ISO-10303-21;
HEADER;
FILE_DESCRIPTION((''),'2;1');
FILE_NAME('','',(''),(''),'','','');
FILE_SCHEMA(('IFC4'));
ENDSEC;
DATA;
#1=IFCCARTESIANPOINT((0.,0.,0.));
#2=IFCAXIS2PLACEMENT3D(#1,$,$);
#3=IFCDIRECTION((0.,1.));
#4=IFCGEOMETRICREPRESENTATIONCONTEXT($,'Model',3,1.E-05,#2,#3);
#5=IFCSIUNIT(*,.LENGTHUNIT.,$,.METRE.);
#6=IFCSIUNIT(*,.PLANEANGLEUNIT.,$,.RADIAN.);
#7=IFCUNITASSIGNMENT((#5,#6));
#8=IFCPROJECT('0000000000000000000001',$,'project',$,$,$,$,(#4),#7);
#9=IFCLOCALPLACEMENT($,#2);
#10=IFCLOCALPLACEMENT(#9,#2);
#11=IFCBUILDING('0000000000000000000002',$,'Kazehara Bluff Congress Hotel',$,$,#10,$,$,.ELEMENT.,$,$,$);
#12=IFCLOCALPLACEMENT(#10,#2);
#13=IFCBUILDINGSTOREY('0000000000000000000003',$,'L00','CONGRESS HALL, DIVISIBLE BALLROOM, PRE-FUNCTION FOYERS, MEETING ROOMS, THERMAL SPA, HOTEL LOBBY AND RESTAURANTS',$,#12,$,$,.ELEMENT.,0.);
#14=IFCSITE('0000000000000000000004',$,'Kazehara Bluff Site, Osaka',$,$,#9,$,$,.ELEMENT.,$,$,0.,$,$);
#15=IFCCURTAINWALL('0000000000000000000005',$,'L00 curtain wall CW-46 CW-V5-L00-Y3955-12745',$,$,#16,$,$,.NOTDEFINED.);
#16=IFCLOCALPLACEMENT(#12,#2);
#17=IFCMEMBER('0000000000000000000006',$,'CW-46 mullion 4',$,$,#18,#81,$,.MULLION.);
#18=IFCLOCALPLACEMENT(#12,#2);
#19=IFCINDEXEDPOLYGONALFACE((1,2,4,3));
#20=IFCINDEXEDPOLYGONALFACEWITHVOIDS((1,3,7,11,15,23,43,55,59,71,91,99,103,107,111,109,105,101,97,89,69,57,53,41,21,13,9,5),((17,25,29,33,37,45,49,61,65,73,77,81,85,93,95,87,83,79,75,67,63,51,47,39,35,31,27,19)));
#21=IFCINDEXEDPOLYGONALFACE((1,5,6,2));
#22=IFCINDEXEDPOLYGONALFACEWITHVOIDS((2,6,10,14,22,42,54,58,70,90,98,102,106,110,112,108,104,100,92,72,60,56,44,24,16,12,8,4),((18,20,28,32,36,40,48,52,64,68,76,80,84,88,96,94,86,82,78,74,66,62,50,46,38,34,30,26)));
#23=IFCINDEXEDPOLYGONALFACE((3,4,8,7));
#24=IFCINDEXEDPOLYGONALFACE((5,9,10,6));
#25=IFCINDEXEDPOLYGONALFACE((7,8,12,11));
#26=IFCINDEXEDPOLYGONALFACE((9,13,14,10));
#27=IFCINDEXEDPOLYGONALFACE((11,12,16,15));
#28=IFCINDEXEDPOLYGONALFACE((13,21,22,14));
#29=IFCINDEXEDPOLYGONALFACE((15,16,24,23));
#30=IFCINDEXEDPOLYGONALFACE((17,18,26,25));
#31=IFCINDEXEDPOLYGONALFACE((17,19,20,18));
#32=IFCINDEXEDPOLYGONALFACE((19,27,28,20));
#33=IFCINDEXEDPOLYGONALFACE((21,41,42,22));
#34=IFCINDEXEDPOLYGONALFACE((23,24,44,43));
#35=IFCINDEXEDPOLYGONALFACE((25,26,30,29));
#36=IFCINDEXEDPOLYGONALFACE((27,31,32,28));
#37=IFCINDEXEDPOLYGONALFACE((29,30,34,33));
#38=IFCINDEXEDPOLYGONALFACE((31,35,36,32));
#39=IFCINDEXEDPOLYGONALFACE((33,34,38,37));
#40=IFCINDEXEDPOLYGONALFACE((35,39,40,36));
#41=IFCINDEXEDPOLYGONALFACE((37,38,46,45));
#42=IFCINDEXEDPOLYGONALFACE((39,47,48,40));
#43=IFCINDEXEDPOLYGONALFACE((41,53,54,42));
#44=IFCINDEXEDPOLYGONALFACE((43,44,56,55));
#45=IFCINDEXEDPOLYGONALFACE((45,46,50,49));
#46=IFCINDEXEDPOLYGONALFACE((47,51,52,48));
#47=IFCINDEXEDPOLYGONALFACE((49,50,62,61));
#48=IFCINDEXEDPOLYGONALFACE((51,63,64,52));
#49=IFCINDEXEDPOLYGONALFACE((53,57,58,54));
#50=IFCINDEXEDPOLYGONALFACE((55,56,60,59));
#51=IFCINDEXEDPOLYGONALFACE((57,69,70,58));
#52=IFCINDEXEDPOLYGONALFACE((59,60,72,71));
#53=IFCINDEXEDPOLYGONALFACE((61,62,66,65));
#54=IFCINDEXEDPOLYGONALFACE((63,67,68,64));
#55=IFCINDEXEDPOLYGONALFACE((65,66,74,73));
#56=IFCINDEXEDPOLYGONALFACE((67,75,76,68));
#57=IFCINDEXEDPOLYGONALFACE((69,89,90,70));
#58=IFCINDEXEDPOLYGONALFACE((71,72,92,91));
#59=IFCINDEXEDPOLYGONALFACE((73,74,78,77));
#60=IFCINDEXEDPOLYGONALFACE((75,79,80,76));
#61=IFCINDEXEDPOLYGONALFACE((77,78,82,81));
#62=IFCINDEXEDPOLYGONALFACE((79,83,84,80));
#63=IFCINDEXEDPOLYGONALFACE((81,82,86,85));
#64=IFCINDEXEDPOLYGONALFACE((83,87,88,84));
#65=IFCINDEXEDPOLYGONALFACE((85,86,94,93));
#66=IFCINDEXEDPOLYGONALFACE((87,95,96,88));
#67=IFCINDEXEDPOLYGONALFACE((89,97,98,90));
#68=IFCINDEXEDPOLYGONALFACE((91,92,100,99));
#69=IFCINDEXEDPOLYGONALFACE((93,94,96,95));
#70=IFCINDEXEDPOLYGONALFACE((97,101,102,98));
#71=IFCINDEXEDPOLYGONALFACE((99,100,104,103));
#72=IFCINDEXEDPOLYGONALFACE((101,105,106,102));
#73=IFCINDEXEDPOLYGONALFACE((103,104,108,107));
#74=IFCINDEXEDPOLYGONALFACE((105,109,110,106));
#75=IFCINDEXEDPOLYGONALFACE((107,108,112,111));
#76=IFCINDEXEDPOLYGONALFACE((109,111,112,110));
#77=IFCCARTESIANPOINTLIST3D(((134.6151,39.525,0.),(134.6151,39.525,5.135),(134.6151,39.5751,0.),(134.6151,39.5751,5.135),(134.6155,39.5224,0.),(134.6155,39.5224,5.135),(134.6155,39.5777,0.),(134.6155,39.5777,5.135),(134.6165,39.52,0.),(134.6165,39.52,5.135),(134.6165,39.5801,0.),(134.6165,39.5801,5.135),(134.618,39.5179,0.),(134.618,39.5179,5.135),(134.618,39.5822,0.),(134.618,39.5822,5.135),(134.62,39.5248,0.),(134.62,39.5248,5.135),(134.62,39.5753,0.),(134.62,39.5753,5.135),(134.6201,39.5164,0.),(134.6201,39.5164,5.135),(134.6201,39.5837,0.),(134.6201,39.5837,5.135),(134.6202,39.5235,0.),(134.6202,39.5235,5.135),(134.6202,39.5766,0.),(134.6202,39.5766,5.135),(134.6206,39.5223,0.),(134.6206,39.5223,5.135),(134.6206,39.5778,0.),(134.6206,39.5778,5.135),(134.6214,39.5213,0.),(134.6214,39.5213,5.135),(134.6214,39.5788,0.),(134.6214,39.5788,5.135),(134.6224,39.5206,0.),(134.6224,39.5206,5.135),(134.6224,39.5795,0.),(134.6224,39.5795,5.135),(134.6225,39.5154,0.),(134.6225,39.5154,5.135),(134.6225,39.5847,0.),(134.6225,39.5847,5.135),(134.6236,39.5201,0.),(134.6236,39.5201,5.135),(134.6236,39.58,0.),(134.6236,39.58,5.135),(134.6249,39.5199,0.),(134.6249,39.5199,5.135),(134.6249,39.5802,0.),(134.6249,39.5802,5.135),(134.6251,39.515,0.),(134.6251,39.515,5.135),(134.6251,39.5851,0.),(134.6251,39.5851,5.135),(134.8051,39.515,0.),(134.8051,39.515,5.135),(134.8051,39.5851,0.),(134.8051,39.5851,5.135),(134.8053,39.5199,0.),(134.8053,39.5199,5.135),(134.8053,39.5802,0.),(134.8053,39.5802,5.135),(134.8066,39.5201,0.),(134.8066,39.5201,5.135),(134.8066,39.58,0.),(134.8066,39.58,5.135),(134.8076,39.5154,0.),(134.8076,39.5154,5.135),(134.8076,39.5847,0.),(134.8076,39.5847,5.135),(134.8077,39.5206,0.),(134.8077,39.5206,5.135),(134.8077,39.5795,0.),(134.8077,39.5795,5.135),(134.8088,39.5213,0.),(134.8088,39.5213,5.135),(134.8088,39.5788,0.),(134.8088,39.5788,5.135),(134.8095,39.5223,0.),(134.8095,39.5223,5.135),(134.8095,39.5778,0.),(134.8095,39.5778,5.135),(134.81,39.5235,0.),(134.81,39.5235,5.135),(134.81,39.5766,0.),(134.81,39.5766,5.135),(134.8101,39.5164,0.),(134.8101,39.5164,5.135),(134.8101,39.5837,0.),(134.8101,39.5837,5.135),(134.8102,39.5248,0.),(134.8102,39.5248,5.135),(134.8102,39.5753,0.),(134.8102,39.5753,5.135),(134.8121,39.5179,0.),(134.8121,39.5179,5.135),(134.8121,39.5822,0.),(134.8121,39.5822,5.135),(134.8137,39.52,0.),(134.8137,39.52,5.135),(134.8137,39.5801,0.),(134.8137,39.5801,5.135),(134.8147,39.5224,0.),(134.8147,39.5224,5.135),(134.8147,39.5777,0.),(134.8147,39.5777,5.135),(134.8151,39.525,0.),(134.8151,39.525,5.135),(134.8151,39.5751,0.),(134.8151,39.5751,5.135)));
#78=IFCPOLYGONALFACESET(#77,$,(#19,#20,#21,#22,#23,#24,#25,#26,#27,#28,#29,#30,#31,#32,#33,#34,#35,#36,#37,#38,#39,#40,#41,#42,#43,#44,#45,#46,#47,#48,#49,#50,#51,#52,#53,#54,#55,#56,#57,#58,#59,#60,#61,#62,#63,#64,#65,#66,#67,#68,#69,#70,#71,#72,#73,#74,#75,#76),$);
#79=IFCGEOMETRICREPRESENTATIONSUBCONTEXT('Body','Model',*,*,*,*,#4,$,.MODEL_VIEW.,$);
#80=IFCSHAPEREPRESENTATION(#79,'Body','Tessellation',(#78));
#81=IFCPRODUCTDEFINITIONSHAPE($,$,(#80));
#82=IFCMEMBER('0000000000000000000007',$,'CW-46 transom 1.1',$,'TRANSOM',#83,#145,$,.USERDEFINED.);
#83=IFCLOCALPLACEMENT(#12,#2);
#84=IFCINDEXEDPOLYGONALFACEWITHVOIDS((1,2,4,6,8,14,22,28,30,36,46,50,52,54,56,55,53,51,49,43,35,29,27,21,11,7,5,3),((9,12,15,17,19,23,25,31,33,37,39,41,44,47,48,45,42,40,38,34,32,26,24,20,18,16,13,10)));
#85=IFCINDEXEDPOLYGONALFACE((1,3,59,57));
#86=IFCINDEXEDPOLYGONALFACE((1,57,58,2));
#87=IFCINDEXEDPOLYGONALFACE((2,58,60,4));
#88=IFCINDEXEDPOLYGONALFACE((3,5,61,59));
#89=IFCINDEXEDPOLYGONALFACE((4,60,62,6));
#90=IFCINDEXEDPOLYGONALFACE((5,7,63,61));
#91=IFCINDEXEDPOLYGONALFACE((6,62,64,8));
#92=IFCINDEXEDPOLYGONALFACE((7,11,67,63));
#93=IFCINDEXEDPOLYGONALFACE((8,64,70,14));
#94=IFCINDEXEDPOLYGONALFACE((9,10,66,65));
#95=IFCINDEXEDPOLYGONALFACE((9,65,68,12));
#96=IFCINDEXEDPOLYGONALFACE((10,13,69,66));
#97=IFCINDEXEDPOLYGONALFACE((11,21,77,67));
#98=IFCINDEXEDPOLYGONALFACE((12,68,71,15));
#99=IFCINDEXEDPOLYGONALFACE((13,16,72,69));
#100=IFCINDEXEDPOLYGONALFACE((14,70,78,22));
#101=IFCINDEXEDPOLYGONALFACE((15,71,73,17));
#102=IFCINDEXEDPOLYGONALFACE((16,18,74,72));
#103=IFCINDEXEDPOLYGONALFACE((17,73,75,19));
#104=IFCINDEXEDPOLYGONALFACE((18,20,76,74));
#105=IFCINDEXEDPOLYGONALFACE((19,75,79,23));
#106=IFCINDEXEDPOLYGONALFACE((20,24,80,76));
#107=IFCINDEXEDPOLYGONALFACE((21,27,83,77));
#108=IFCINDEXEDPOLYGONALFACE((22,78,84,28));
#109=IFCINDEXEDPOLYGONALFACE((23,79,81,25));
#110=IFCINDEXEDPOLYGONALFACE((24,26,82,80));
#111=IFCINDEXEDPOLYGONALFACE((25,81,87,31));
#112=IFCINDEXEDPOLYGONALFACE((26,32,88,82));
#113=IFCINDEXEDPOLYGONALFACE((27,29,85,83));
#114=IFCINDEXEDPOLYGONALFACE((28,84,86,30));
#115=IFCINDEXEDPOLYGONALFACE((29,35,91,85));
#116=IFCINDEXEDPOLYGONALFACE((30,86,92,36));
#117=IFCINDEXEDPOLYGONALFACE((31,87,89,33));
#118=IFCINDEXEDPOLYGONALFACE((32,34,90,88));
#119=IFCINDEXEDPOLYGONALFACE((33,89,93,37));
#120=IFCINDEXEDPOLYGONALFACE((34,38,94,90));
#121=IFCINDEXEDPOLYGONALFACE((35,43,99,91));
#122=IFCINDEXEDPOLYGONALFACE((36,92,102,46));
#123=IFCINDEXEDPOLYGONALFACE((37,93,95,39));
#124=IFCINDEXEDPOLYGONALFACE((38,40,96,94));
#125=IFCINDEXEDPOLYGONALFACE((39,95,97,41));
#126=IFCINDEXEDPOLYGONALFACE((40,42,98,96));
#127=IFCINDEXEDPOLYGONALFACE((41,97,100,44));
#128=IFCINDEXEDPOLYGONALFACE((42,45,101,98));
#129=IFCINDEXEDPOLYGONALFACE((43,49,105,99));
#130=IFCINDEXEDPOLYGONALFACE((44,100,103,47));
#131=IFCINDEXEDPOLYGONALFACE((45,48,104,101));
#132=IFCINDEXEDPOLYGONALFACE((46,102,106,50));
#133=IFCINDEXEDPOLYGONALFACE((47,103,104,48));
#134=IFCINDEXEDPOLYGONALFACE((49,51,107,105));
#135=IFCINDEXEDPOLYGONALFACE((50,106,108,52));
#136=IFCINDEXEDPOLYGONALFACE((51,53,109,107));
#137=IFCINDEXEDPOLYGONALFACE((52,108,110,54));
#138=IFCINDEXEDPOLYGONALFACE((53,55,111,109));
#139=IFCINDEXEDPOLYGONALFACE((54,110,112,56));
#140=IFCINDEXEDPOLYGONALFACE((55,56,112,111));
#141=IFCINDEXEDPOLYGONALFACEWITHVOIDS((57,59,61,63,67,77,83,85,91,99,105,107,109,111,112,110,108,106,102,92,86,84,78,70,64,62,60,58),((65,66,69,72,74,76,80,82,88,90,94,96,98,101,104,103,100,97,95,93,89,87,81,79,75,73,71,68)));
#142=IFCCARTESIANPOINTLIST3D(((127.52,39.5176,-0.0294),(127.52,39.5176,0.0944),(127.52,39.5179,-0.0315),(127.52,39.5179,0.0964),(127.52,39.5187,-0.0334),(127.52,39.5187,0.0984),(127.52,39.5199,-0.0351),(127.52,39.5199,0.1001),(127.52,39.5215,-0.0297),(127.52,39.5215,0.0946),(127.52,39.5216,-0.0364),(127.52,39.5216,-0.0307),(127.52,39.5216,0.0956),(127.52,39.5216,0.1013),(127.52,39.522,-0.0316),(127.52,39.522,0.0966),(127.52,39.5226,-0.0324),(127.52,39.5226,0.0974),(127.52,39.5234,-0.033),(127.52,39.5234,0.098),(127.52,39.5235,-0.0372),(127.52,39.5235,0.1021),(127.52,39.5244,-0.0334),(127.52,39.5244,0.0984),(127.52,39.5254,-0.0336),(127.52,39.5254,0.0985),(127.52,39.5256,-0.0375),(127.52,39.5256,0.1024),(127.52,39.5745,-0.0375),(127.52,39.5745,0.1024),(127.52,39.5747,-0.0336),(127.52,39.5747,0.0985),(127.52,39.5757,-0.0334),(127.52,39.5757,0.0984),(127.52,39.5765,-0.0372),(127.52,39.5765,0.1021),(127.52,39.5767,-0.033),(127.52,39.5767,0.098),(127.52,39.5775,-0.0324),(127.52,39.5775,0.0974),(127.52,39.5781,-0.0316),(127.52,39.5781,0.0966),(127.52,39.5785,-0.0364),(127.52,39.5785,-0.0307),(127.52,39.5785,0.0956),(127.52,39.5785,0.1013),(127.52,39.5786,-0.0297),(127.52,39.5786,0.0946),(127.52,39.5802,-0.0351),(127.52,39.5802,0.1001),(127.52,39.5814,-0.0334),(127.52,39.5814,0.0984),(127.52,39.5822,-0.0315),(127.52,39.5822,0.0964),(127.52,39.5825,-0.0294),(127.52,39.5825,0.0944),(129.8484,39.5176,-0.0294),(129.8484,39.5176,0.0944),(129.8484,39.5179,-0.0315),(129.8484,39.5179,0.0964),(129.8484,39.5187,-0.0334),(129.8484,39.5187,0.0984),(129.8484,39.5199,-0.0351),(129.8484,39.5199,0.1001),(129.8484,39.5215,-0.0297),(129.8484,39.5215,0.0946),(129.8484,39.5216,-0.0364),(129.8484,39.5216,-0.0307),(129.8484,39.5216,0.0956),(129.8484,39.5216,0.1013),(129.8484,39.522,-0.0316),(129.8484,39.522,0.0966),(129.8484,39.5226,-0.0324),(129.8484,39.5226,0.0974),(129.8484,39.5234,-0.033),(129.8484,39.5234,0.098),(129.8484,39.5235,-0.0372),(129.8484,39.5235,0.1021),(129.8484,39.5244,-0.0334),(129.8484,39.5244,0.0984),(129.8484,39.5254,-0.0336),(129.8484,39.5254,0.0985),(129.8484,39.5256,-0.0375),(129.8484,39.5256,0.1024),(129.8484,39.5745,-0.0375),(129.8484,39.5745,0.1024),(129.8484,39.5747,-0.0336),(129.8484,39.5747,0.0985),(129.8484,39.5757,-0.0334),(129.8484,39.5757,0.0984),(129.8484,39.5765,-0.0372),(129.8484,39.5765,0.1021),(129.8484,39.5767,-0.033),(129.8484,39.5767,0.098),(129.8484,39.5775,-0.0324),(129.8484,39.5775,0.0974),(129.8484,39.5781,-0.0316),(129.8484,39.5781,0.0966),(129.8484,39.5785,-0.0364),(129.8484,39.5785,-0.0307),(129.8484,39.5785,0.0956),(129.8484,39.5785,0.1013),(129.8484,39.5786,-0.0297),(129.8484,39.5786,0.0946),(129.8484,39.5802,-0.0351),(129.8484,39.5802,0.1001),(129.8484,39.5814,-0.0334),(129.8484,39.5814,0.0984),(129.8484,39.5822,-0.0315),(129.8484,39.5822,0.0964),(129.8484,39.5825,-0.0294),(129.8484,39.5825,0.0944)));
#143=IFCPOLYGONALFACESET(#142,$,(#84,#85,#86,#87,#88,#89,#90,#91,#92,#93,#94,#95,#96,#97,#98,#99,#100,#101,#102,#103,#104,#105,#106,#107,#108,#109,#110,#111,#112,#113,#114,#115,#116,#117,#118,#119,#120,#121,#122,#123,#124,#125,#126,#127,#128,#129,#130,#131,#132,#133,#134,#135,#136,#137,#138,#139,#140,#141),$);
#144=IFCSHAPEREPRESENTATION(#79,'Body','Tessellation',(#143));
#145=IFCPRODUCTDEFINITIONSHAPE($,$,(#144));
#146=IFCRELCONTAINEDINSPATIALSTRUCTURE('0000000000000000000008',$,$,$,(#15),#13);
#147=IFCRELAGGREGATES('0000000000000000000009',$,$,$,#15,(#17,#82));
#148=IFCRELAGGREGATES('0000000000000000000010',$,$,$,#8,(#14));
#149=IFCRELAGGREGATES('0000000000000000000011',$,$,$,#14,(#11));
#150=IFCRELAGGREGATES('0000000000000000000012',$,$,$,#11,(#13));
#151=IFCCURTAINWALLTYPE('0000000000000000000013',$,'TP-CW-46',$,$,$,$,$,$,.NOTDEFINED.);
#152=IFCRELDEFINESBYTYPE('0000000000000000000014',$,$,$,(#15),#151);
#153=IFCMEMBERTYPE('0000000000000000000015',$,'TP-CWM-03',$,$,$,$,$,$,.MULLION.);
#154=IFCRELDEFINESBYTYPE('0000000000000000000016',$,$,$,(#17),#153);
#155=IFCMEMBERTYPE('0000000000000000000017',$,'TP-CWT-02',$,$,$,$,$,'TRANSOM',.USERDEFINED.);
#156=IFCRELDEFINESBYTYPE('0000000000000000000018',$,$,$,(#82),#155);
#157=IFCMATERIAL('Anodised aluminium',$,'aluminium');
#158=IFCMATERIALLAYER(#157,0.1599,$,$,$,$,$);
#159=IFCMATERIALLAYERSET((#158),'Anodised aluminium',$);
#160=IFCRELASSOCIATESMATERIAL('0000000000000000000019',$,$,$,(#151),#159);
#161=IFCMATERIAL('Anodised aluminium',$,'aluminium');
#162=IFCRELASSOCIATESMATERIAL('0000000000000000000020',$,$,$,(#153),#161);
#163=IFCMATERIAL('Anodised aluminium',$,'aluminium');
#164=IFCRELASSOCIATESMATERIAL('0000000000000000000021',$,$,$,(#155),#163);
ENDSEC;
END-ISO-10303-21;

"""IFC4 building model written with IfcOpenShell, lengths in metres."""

from ifc_helpers import new_model, si_unit, direction, frame, origin, origin_2d, place, context, subcontext, project, spatial, hollow_rectangle, extrude, material, layer, layer_set, material_profile, profile_set, type_object, element, aggregate, save


model = new_model("IFC4")

# Units and contexts
model_context = context("Model", 3, precision=1e-05, world=origin(), true_north=direction((0.0, 1.0)))
body_context = subcontext(model_context, "Body", "Model", "MODEL_VIEW")
ifc_project = project(units=[si_unit("LENGTHUNIT", "METRE"), si_unit("PLANEANGLEUNIT", "RADIAN")], contexts=[model_context])

# Site, building, storey
site_placement = place(None, origin())
site = spatial("IfcSite", under=ifc_project, at=site_placement, Name="Kazehara Bluff Site, Osaka", CompositionType="ELEMENT", RefElevation=0.0)
building_placement = place(site_placement, origin())
building = spatial("IfcBuilding", under=site, at=building_placement, Name="Kazehara Bluff Congress Hotel", CompositionType="ELEMENT")
storey_placement = place(building_placement, origin())
storey = spatial("IfcBuildingStorey", under=building, at=storey_placement, Name="L00", Description="CONGRESS HALL, DIVISIBLE BALLROOM, PRE-FUNCTION FOYERS, MEETING ROOMS, THERMAL SPA, HOTEL LOBBY AND RESTAURANTS", CompositionType="ELEMENT", Elevation=0.0)

# Shared definitions
ifc_material_1 = material(Name="Anodised aluminium", Category="aluminium")
ifc_layer_1 = layer(ifc_material_1, 0.1599)
ifc_layer_set_1 = layer_set([ifc_layer_1], Name="Anodised aluminium")
curtain_wall_type = type_object("IfcCurtainWallType", Name="TP-CW-46", PredefinedType="NOTDEFINED", material=ifc_layer_set_1)
ifc_material_2 = material(Name="Anodised aluminium", Category="aluminium")
ifc_material_profile_1 = material_profile(ifc_material_2, hollow_rectangle(XDim=0.0701, YDim=0.2, WallThickness=0.0049, InnerFilletRadius=0.0049, OuterFilletRadius=0.01, at=origin_2d()))
ifc_profile_set_1 = profile_set([ifc_material_profile_1], Name="Anodised aluminium")
member_type_1 = type_object("IfcMemberType", Name="TP-CWM-03", PredefinedType="MULLION", material=ifc_profile_set_1)

# Curtain wall, members
curtain_wall_1_placement = place(storey_placement, origin())
curtain_wall_1 = element("IfcCurtainWall", 1, at=curtain_wall_1_placement, inside=storey, type_object=curtain_wall_type, Name="L00 curtain wall CW-46 CW-V5-L00-Y3955-12745", PredefinedType="NOTDEFINED")
member_1_placement = place(storey_placement, frame((134.7151, 39.55, 0.0), z_axis=(0.0, 0.0, 1.0), x_axis=(0.0, 1.0, 0.0)))
member_1 = element("IfcMember", 2, at=member_1_placement, type_object=member_type_1, Name="CW-46 mullion 4", PredefinedType="MULLION", context=body_context, shape_type="SweptSolid", body=[
    extrude(hollow_rectangle(XDim=0.0701, YDim=0.2, WallThickness=0.0049, InnerFilletRadius=0.0049, OuterFilletRadius=0.01, at=origin_2d()), origin(), (0.0, 0.0, 1.0), 5.135),
])
ifc_material_3 = material(Name="Anodised aluminium", Category="aluminium")
ifc_material_profile_2 = material_profile(ifc_material_3, hollow_rectangle(XDim=0.0649, YDim=0.1399, WallThickness=0.0039, InnerFilletRadius=0.0039, OuterFilletRadius=0.0081, at=origin_2d()))
ifc_profile_set_2 = profile_set([ifc_material_profile_2], Name="Anodised aluminium")
member_type_2 = type_object("IfcMemberType", Name="TP-CWT-02", ElementType="TRANSOM", PredefinedType="USERDEFINED", material=ifc_profile_set_2)
member_2_placement = place(storey_placement, frame((127.52, 39.55, 0.0325), z_axis=(1.0, 0.0, 0.0), x_axis=(0.0, 1.0, 0.0)))
member_2 = element("IfcMember", 3, at=member_2_placement, type_object=member_type_2, Name="CW-46 transom 1.1", ObjectType="TRANSOM", PredefinedType="USERDEFINED", context=body_context, shape_type="SweptSolid", body=[
    extrude(hollow_rectangle(XDim=0.0649, YDim=0.1399, WallThickness=0.0039, InnerFilletRadius=0.0039, OuterFilletRadius=0.0081, at=origin_2d()), origin(), (0.0, 0.0, 1.0), 2.3284),
])

aggregate(curtain_wall_1, [member_1, member_2])

save(model, "model.ifc")
